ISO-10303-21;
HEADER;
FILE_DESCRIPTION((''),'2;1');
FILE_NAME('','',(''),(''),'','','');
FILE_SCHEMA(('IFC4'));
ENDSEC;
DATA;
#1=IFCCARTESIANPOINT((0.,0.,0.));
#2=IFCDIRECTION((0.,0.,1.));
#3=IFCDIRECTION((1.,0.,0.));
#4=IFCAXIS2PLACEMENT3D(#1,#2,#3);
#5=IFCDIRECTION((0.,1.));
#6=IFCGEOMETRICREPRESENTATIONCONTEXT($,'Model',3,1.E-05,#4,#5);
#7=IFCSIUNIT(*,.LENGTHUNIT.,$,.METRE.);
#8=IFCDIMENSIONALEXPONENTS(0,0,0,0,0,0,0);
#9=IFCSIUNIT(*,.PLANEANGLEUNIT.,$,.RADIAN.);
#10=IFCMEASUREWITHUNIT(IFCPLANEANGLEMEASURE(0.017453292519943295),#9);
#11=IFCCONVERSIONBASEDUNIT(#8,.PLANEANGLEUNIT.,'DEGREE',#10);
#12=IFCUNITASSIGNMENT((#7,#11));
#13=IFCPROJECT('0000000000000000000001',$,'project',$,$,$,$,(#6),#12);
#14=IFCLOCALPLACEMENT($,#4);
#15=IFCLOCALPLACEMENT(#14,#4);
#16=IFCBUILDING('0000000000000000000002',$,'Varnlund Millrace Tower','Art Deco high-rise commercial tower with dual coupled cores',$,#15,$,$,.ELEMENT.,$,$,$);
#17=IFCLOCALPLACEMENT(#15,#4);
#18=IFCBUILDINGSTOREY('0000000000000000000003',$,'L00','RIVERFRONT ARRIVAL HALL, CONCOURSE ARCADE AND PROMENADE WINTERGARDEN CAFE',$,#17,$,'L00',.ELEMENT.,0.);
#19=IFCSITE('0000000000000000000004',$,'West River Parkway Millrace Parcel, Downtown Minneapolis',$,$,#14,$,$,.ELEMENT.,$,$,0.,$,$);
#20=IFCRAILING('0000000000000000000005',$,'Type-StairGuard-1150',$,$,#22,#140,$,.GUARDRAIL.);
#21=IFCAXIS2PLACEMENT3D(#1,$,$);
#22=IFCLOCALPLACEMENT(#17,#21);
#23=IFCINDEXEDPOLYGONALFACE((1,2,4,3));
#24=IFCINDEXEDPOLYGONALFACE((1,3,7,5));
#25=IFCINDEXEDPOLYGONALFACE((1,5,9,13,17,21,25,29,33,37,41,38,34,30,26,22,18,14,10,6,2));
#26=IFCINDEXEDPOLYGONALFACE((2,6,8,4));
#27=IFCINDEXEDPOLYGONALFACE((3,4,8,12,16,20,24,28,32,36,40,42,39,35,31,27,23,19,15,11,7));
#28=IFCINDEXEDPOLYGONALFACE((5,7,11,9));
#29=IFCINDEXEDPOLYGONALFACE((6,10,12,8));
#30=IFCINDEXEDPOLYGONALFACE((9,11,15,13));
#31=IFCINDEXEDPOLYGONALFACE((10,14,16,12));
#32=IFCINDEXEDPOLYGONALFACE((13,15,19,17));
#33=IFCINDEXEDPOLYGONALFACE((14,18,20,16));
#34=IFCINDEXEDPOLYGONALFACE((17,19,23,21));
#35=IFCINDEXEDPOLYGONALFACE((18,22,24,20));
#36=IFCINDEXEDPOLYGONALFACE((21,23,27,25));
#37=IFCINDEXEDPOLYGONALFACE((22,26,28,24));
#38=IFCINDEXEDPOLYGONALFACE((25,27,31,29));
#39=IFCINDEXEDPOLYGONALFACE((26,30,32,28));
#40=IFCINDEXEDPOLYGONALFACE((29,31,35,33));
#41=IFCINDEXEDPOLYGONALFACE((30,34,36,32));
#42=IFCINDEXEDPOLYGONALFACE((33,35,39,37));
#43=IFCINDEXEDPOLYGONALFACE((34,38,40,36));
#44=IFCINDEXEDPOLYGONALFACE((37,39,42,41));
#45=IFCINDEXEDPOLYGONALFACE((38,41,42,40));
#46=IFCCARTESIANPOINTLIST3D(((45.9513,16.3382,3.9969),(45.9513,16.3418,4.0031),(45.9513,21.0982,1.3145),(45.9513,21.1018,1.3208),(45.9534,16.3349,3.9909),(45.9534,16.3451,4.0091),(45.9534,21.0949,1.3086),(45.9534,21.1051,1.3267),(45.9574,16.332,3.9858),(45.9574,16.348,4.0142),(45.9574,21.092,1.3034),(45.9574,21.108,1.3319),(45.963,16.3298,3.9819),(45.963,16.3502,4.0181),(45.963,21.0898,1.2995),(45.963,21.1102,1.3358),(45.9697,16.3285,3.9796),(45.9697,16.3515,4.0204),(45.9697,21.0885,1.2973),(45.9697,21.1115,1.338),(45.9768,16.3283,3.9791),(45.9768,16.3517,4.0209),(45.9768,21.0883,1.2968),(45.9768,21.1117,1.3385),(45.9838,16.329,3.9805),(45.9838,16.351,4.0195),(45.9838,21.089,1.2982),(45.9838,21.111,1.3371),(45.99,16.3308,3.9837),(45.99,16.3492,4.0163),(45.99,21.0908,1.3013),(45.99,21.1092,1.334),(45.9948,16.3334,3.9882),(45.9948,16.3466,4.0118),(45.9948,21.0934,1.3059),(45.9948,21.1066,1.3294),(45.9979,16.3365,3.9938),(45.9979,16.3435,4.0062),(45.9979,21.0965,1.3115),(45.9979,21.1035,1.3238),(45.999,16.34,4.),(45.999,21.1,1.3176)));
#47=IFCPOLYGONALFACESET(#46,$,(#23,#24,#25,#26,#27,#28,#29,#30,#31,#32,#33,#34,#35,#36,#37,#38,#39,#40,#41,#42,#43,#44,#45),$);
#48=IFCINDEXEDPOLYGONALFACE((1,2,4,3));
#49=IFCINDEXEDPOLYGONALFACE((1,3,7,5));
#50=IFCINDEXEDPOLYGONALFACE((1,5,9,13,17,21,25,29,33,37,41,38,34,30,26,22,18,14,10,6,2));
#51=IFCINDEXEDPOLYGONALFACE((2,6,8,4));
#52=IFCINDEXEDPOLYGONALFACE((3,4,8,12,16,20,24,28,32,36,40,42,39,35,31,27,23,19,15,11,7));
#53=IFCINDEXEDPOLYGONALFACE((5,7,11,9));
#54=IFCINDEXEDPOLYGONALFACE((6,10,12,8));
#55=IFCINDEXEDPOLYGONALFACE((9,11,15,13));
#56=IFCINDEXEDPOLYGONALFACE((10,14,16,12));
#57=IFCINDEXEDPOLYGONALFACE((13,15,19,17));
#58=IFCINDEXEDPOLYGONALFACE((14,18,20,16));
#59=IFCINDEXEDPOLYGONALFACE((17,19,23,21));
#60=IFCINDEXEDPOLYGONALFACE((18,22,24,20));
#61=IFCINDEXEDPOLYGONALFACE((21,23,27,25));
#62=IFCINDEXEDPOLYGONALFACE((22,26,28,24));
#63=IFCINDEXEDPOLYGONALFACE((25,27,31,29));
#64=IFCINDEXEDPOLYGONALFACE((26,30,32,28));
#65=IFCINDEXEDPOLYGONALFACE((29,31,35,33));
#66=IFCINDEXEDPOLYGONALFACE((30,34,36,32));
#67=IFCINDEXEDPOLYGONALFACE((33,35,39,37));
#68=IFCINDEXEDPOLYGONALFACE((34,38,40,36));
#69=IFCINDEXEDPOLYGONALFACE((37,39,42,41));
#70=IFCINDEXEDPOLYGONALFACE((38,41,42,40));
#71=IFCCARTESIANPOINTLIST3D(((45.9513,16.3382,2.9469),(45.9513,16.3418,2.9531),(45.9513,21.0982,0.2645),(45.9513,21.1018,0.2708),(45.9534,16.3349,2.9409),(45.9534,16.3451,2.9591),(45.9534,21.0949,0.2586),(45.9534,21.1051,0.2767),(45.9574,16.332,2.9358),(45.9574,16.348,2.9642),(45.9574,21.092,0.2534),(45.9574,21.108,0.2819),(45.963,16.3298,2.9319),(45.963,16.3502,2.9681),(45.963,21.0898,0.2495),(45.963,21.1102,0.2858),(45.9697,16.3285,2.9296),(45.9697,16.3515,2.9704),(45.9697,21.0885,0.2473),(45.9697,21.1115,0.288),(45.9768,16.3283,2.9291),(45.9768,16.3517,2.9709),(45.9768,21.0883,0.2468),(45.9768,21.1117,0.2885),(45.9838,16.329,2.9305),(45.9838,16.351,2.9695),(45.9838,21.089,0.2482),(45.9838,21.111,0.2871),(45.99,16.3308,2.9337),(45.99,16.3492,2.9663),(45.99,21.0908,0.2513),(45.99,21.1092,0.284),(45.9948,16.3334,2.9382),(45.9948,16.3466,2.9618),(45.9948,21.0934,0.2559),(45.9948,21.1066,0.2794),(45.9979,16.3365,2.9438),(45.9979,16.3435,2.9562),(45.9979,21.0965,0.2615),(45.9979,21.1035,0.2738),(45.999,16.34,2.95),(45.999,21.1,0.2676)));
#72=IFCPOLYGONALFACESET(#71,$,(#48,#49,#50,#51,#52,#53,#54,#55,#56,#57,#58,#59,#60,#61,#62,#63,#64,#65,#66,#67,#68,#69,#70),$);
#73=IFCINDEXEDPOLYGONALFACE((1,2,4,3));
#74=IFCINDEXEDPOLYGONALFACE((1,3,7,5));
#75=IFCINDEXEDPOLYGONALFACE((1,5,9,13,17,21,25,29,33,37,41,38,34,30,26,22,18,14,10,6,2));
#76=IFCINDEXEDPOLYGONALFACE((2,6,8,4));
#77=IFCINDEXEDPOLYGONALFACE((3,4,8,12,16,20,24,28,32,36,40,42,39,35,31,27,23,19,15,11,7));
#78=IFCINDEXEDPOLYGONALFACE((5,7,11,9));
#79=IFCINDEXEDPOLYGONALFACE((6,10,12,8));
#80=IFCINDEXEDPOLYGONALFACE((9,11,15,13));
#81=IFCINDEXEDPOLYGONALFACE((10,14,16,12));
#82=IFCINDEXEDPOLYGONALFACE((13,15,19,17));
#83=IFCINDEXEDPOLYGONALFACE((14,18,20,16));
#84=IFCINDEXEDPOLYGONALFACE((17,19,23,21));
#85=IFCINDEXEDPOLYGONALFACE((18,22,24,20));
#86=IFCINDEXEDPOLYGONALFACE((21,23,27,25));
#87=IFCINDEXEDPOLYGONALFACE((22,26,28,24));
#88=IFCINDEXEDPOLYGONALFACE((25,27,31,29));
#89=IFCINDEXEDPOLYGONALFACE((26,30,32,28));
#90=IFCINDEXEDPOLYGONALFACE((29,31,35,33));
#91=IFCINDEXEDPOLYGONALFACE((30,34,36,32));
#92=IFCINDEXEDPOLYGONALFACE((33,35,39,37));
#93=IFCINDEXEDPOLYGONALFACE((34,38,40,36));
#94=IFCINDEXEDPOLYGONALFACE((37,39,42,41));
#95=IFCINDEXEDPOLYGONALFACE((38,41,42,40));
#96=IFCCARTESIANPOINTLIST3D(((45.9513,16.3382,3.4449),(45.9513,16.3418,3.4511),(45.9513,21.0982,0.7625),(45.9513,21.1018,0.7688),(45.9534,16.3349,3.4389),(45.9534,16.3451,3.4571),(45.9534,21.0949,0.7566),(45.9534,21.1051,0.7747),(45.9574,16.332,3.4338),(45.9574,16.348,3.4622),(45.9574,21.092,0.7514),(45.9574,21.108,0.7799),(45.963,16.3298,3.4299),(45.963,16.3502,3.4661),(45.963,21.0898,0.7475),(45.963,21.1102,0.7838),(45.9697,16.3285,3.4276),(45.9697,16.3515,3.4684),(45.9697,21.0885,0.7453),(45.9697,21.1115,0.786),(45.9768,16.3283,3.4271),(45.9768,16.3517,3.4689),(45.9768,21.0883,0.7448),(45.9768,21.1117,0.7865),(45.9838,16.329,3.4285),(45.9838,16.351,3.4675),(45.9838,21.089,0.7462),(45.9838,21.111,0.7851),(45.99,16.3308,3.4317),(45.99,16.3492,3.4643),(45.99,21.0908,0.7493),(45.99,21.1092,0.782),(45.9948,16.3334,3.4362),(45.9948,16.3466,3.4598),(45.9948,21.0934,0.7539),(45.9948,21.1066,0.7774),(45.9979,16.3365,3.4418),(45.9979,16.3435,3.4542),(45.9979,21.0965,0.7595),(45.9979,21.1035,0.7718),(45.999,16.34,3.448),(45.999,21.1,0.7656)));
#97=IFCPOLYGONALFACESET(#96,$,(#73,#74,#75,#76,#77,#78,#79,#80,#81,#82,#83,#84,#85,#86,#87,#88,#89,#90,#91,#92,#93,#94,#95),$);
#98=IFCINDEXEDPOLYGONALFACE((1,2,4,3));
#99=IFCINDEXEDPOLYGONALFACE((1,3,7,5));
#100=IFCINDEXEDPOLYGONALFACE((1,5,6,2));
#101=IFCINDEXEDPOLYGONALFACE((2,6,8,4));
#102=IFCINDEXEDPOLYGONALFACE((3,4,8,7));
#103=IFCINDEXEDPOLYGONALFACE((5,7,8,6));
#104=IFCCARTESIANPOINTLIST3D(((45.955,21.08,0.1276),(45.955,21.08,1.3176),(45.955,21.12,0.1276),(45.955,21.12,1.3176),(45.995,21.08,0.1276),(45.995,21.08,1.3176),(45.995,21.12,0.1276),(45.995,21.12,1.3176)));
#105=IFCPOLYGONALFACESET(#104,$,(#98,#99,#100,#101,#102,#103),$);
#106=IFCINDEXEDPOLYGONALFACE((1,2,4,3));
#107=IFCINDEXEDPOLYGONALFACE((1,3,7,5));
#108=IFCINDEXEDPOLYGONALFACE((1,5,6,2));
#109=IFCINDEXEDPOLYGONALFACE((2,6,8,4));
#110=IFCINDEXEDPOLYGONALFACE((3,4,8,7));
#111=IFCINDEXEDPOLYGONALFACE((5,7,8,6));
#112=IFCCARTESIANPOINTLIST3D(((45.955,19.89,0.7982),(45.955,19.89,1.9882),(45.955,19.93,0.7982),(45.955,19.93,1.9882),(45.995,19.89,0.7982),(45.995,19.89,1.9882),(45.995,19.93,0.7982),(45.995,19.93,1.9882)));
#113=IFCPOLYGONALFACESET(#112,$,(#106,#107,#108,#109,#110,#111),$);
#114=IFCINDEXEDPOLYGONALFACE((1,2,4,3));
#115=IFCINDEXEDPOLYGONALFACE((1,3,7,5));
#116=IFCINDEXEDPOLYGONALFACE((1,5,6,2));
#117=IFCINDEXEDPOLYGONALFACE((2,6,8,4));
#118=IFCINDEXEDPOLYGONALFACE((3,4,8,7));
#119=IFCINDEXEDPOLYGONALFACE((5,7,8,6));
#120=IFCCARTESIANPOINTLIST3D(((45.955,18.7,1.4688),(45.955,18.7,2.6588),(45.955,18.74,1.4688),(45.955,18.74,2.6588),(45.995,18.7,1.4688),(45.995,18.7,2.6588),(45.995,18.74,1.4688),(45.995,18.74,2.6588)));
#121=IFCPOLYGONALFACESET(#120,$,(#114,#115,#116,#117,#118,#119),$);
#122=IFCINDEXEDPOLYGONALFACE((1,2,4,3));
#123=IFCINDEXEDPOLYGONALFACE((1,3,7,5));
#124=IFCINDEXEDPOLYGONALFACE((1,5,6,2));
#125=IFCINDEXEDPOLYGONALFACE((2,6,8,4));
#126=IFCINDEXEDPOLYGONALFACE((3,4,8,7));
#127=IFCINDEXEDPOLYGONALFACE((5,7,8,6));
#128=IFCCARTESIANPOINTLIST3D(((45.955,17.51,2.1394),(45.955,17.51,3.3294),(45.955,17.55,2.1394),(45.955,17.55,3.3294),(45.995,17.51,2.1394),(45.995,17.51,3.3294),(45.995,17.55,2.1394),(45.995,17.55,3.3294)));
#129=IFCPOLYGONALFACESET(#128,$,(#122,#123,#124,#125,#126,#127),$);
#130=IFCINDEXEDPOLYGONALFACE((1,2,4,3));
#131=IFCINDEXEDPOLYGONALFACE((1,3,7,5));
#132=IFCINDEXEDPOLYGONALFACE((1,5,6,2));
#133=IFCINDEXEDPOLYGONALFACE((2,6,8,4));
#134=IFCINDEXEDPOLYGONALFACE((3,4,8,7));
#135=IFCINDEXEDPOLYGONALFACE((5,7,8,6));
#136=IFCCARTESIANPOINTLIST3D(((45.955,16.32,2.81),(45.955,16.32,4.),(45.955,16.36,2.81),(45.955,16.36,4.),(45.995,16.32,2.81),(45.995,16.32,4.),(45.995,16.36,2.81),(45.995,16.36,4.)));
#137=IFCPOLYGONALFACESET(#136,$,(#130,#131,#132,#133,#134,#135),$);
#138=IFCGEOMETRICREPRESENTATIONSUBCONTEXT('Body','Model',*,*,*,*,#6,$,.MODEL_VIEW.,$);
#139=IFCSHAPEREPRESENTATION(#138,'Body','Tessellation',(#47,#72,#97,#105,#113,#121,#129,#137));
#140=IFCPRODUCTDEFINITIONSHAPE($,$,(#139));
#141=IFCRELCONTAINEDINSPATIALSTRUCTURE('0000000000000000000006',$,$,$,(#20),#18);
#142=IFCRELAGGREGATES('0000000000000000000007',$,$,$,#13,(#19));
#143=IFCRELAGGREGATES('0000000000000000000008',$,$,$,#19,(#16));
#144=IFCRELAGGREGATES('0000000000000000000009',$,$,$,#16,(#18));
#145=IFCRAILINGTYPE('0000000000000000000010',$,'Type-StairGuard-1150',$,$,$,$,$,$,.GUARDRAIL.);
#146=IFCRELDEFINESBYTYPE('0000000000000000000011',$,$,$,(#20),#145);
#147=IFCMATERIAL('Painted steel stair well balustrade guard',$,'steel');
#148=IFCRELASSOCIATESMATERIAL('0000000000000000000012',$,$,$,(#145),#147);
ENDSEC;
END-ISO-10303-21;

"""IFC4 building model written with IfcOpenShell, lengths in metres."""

from ifc_helpers import new_model, entity, si_unit, converted_unit, direction, frame, origin_with_axes, origin_2d_with_axis, place, context, subcontext, project, spatial, rectangle, circle, extrude, material, type_object, element, save


model = new_model("IFC4")

# Units and contexts
model_context = context("Model", 3, precision=1e-05, world=origin_with_axes(), true_north=direction((0.0, 1.0)))
body_context = subcontext(model_context, "Body", "Model", "MODEL_VIEW")
ifc_project = project(units=[si_unit("LENGTHUNIT", "METRE"), converted_unit("PLANEANGLEUNIT", "DEGREE", entity("IfcPlaneAngleMeasure", 0.017453292519943295), si_unit("PLANEANGLEUNIT", "RADIAN"), dimensions=[0, 0, 0, 0, 0, 0, 0])], contexts=[model_context])

# Site, building, storey
site_placement = place(None, origin_with_axes())
site = spatial("IfcSite", under=ifc_project, at=site_placement, Name="West River Parkway Millrace Parcel, Downtown Minneapolis", CompositionType="ELEMENT", RefElevation=0.0)
building_placement = place(site_placement, origin_with_axes())
building = spatial("IfcBuilding", under=site, at=building_placement, Name="Varnlund Millrace Tower", Description="Art Deco high-rise commercial tower with dual coupled cores", CompositionType="ELEMENT")
storey_placement = place(building_placement, origin_with_axes())
storey = spatial("IfcBuildingStorey", under=building, at=storey_placement, Name="L00", Description="RIVERFRONT ARRIVAL HALL, CONCOURSE ARCADE AND PROMENADE WINTERGARDEN CAFE", LongName="L00", CompositionType="ELEMENT", Elevation=0.0)

# Railing
ifc_material_1 = material(Name="Painted steel stair well balustrade guard", Category="steel")
railing_type_1 = type_object("IfcRailingType", Name="Type-StairGuard-1150", PredefinedType="GUARDRAIL", material=ifc_material_1)
railing_1_placement = place(storey_placement, origin_with_axes())
element("IfcRailing", 1, at=railing_1_placement, inside=storey, type_object=railing_type_1, Name="Type-StairGuard-1150", PredefinedType="GUARDRAIL", context=body_context, shape_type="SweptSolid", body=[
    extrude(circle(Radius=0.024, at=origin_2d_with_axis()), frame((45.975, 21.1, 1.3176), z_axis=(0.0, -0.871196, 0.490936), x_axis=(1.0, 0.0, 0.0)), (0.0, 0.0, 1.0), 5.4638),
    extrude(circle(Radius=0.024, at=origin_2d_with_axis()), frame((45.975, 21.1, 0.2676), z_axis=(0.0, -0.871196, 0.490936), x_axis=(1.0, 0.0, 0.0)), (0.0, 0.0, 1.0), 5.4638),
    extrude(circle(Radius=0.024, at=origin_2d_with_axis()), frame((45.975, 21.1, 0.7656), z_axis=(0.0, -0.871196, 0.490936), x_axis=(1.0, 0.0, 0.0)), (0.0, 0.0, 1.0), 5.4638),
    extrude(rectangle(XDim=0.04, YDim=0.04, at=origin_2d_with_axis()), frame((45.975, 21.1, 0.1276), z_axis=(0.0, 0.0, 1.0), x_axis=(1.0, 0.0, 0.0)), (0.0, 0.0, 1.0), 1.19),
    extrude(rectangle(XDim=0.04, YDim=0.04, at=origin_2d_with_axis()), frame((45.975, 19.91, 0.7982), z_axis=(0.0, 0.0, 1.0), x_axis=(1.0, 0.0, 0.0)), (0.0, 0.0, 1.0), 1.19),
    extrude(rectangle(XDim=0.04, YDim=0.04, at=origin_2d_with_axis()), frame((45.975, 18.72, 1.4688), z_axis=(0.0, 0.0, 1.0), x_axis=(1.0, 0.0, 0.0)), (0.0, 0.0, 1.0), 1.19),
    extrude(rectangle(XDim=0.04, YDim=0.04, at=origin_2d_with_axis()), frame((45.975, 17.53, 2.1394), z_axis=(0.0, 0.0, 1.0), x_axis=(1.0, 0.0, 0.0)), (0.0, 0.0, 1.0), 1.19),
    extrude(rectangle(XDim=0.04, YDim=0.04, at=origin_2d_with_axis()), frame((45.975, 16.34, 2.81), z_axis=(0.0, 0.0, 1.0), x_axis=(1.0, 0.0, 0.0)), (0.0, 0.0, 1.0), 1.19),
])

save(model, "model.ifc")
